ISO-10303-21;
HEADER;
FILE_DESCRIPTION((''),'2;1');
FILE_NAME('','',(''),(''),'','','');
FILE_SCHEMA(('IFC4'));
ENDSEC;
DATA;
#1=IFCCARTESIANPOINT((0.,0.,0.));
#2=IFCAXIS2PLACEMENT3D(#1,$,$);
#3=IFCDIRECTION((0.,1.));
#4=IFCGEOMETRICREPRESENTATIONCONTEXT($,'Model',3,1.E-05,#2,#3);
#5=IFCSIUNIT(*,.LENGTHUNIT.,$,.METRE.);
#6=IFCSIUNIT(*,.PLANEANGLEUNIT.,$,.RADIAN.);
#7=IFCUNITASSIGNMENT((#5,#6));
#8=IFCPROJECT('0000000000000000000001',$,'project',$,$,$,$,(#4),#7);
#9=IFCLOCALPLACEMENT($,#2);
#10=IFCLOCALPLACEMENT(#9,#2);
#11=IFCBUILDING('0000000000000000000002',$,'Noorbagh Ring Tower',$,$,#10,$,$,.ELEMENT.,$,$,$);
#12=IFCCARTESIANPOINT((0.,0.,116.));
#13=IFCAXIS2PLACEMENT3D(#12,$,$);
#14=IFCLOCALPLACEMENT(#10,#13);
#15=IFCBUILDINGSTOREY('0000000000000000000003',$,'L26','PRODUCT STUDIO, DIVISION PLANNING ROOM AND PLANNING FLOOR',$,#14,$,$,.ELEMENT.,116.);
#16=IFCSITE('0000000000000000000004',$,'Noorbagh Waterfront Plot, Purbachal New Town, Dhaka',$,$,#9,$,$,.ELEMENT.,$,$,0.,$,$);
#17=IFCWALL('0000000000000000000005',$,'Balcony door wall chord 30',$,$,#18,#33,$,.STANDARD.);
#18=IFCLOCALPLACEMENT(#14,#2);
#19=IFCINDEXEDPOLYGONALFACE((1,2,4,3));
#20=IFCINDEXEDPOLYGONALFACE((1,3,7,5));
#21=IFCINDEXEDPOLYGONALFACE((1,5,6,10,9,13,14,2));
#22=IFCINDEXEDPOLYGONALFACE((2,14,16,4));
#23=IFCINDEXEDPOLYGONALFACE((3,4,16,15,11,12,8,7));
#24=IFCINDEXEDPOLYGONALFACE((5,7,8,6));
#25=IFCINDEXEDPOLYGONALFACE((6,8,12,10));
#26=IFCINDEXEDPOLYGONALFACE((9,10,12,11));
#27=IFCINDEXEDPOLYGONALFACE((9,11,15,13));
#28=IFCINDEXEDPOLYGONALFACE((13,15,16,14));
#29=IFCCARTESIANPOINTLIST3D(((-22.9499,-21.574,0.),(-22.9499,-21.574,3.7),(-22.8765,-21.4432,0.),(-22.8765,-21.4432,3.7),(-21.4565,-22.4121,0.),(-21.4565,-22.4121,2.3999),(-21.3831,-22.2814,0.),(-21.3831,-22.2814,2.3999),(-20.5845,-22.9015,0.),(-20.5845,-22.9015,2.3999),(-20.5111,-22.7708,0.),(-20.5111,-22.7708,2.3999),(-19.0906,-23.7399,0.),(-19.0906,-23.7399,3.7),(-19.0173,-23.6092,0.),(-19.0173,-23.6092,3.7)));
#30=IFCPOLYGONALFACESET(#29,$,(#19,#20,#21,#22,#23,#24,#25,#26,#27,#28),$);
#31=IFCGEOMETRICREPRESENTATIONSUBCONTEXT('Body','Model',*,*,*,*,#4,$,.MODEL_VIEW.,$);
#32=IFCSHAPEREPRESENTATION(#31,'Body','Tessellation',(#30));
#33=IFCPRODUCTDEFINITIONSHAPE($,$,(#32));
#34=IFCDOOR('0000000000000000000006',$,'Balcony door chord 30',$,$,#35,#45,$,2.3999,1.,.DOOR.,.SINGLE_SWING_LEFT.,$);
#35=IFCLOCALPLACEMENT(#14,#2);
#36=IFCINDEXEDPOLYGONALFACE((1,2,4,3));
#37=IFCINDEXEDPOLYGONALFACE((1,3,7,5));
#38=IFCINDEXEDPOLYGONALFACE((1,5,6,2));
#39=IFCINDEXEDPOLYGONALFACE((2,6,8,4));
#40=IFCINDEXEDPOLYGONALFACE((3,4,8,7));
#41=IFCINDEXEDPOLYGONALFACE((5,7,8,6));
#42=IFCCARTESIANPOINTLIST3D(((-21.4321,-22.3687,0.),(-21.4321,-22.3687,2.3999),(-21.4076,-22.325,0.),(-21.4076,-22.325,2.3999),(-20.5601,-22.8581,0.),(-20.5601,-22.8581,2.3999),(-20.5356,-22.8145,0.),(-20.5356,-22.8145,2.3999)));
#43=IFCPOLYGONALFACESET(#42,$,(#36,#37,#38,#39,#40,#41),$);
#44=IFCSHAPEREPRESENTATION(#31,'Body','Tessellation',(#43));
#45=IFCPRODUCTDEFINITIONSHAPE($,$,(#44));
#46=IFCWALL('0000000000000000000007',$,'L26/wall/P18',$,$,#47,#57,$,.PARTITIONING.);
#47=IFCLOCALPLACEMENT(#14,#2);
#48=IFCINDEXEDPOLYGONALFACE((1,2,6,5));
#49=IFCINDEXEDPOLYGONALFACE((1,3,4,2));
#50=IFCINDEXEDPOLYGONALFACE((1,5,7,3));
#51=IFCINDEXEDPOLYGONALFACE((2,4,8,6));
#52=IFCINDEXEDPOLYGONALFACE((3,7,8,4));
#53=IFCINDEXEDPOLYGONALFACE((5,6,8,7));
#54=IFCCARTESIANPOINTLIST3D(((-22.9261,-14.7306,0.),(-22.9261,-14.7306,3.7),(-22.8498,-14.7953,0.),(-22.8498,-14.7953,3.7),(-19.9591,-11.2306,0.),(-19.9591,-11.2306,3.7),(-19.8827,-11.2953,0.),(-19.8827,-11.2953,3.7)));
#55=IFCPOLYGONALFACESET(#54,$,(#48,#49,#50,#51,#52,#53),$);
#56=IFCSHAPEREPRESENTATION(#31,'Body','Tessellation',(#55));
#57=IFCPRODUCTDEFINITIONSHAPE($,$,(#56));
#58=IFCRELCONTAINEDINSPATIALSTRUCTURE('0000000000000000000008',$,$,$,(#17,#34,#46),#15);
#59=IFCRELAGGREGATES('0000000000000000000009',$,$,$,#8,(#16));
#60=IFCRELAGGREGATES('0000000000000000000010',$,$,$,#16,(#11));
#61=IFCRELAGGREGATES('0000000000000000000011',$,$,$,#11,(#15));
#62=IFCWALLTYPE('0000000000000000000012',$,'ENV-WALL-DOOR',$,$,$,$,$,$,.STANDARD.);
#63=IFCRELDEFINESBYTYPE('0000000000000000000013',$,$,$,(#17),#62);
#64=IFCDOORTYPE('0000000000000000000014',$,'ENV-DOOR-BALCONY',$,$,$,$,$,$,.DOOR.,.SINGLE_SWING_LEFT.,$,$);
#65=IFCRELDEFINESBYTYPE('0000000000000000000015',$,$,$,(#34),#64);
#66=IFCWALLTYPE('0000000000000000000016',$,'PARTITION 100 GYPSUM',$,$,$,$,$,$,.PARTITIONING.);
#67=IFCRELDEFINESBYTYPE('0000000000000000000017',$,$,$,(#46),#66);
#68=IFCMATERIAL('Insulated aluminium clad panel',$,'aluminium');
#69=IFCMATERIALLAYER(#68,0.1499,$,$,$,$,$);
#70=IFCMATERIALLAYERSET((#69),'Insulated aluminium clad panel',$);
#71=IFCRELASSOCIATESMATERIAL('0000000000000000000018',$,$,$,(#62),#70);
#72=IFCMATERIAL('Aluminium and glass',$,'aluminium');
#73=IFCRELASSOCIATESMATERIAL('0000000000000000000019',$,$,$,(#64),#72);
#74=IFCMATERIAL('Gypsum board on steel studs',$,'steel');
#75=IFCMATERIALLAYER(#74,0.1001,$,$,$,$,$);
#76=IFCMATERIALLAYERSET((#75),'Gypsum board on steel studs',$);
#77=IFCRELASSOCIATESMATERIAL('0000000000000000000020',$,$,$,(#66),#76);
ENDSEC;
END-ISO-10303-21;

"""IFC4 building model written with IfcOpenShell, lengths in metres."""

from ifc_helpers import new_model, si_unit, direction, frame, frame_2d, origin, place, context, subcontext, project, spatial, rectangle, extrude, material, layer, layer_set, type_object, element, fill, save


model = new_model("IFC4")

# Units and contexts
model_context = context("Model", 3, precision=1e-05, world=origin(), true_north=direction((0.0, 1.0)))
body_context = subcontext(model_context, "Body", "Model", "MODEL_VIEW")
ifc_project = project(units=[si_unit("LENGTHUNIT", "METRE"), si_unit("PLANEANGLEUNIT", "RADIAN")], contexts=[model_context])

# Site, building, storey
site_placement = place(None, origin())
site = spatial("IfcSite", under=ifc_project, at=site_placement, Name="Noorbagh Waterfront Plot, Purbachal New Town, Dhaka", CompositionType="ELEMENT", RefElevation=0.0)
building_placement = place(site_placement, origin())
building = spatial("IfcBuilding", under=site, at=building_placement, Name="Noorbagh Ring Tower", CompositionType="ELEMENT")
storey_placement = place(building_placement, frame((0.0, 0.0, 116.0)))
storey = spatial("IfcBuildingStorey", under=building, at=storey_placement, Name="L26", Description="PRODUCT STUDIO, DIVISION PLANNING ROOM AND PLANNING FLOOR", CompositionType="ELEMENT", Elevation=116.0)

# Wall, opening, door
ifc_material_1 = material(Name="Insulated aluminium clad panel", Category="aluminium")
ifc_layer_1 = layer(ifc_material_1, 0.1499)
ifc_layer_set_1 = layer_set([ifc_layer_1], Name="Insulated aluminium clad panel")
wall_type_1 = type_object("IfcWallType", Name="ENV-WALL-DOOR", PredefinedType="STANDARD", material=ifc_layer_set_1)
wall_1_placement = place(storey_placement, frame((-22.9133, -21.5085, 0.0), z_axis=(0.0, 0.0, 1.0), x_axis=(0.872047, -0.489423, 0.0)))
wall_1 = element("IfcWall", 1, at=wall_1_placement, inside=storey, type_object=wall_type_1, Name="Balcony door wall chord 30", PredefinedType="STANDARD", context=body_context, shape_type="SweptSolid", body=[
    extrude(rectangle(XDim=4.4255, YDim=0.1499, at=frame_2d((2.2129, 0.0))), origin(), (0.0, 0.0, 1.0), 3.7),
])
opening_1_placement = place(wall_1_placement, frame((1.7126, 0.0, 0.0)))
opening_1 = element("IfcOpeningElement", 2, at=opening_1_placement, cuts=wall_1, PredefinedType="OPENING", context=body_context, shape_type="SweptSolid", body=[
    extrude(rectangle(XDim=1.0, YDim=2.3999, at=frame_2d((0.5, 1.2))), frame((0.0, 0.085, 0.0), z_axis=(0.0, -1.0, 0.0), x_axis=(1.0, 0.0, 0.0)), (0.0, 0.0, 1.0), 0.1699),
])
ifc_material_2 = material(Name="Aluminium and glass", Category="aluminium")
door_type_1 = type_object("IfcDoorType", Name="ENV-DOOR-BALCONY", OperationType="SINGLE_SWING_LEFT", PredefinedType="DOOR", material=ifc_material_2)
door_1_placement = place(opening_1_placement, origin())
door_1 = element("IfcDoor", 3, at=door_1_placement, inside=storey, type_object=door_type_1, Name="Balcony door chord 30", OperationType="SINGLE_SWING_LEFT", OverallHeight=2.3999, OverallWidth=1.0, PredefinedType="DOOR", context=body_context, shape_type="SweptSolid", body=[
    extrude(rectangle(XDim=1.0, YDim=2.3999, at=frame_2d((0.5, 1.2))), frame((0.0, 0.0249, 0.0), z_axis=(0.0, -1.0, 0.0), x_axis=(1.0, 0.0, 0.0)), (0.0, 0.0, 1.0), 0.05),
])
fill(opening_1, door_1)

# Wall
ifc_material_3 = material(Name="Gypsum board on steel studs", Category="steel")
ifc_layer_2 = layer(ifc_material_3, 0.1001)
ifc_layer_set_2 = layer_set([ifc_layer_2], Name="Gypsum board on steel studs")
wall_type_2 = type_object("IfcWallType", Name="PARTITION 100 GYPSUM", PredefinedType="PARTITIONING", material=ifc_layer_set_2)
wall_2_placement = place(storey_placement, frame((-22.8879, -14.7629, 0.0), z_axis=(0.0, 0.0, 1.0), x_axis=(0.646641, 0.762795, 0.0)))
element("IfcWall", 4, at=wall_2_placement, inside=storey, type_object=wall_type_2, Name="L26/wall/P18", PredefinedType="PARTITIONING", context=body_context, shape_type="SweptSolid", body=[
    extrude(rectangle(XDim=4.5884, YDim=0.1001, at=frame_2d((2.2942, 0.0))), origin(), (0.0, 0.0, 1.0), 3.7),
])

save(model, "model.ifc")
